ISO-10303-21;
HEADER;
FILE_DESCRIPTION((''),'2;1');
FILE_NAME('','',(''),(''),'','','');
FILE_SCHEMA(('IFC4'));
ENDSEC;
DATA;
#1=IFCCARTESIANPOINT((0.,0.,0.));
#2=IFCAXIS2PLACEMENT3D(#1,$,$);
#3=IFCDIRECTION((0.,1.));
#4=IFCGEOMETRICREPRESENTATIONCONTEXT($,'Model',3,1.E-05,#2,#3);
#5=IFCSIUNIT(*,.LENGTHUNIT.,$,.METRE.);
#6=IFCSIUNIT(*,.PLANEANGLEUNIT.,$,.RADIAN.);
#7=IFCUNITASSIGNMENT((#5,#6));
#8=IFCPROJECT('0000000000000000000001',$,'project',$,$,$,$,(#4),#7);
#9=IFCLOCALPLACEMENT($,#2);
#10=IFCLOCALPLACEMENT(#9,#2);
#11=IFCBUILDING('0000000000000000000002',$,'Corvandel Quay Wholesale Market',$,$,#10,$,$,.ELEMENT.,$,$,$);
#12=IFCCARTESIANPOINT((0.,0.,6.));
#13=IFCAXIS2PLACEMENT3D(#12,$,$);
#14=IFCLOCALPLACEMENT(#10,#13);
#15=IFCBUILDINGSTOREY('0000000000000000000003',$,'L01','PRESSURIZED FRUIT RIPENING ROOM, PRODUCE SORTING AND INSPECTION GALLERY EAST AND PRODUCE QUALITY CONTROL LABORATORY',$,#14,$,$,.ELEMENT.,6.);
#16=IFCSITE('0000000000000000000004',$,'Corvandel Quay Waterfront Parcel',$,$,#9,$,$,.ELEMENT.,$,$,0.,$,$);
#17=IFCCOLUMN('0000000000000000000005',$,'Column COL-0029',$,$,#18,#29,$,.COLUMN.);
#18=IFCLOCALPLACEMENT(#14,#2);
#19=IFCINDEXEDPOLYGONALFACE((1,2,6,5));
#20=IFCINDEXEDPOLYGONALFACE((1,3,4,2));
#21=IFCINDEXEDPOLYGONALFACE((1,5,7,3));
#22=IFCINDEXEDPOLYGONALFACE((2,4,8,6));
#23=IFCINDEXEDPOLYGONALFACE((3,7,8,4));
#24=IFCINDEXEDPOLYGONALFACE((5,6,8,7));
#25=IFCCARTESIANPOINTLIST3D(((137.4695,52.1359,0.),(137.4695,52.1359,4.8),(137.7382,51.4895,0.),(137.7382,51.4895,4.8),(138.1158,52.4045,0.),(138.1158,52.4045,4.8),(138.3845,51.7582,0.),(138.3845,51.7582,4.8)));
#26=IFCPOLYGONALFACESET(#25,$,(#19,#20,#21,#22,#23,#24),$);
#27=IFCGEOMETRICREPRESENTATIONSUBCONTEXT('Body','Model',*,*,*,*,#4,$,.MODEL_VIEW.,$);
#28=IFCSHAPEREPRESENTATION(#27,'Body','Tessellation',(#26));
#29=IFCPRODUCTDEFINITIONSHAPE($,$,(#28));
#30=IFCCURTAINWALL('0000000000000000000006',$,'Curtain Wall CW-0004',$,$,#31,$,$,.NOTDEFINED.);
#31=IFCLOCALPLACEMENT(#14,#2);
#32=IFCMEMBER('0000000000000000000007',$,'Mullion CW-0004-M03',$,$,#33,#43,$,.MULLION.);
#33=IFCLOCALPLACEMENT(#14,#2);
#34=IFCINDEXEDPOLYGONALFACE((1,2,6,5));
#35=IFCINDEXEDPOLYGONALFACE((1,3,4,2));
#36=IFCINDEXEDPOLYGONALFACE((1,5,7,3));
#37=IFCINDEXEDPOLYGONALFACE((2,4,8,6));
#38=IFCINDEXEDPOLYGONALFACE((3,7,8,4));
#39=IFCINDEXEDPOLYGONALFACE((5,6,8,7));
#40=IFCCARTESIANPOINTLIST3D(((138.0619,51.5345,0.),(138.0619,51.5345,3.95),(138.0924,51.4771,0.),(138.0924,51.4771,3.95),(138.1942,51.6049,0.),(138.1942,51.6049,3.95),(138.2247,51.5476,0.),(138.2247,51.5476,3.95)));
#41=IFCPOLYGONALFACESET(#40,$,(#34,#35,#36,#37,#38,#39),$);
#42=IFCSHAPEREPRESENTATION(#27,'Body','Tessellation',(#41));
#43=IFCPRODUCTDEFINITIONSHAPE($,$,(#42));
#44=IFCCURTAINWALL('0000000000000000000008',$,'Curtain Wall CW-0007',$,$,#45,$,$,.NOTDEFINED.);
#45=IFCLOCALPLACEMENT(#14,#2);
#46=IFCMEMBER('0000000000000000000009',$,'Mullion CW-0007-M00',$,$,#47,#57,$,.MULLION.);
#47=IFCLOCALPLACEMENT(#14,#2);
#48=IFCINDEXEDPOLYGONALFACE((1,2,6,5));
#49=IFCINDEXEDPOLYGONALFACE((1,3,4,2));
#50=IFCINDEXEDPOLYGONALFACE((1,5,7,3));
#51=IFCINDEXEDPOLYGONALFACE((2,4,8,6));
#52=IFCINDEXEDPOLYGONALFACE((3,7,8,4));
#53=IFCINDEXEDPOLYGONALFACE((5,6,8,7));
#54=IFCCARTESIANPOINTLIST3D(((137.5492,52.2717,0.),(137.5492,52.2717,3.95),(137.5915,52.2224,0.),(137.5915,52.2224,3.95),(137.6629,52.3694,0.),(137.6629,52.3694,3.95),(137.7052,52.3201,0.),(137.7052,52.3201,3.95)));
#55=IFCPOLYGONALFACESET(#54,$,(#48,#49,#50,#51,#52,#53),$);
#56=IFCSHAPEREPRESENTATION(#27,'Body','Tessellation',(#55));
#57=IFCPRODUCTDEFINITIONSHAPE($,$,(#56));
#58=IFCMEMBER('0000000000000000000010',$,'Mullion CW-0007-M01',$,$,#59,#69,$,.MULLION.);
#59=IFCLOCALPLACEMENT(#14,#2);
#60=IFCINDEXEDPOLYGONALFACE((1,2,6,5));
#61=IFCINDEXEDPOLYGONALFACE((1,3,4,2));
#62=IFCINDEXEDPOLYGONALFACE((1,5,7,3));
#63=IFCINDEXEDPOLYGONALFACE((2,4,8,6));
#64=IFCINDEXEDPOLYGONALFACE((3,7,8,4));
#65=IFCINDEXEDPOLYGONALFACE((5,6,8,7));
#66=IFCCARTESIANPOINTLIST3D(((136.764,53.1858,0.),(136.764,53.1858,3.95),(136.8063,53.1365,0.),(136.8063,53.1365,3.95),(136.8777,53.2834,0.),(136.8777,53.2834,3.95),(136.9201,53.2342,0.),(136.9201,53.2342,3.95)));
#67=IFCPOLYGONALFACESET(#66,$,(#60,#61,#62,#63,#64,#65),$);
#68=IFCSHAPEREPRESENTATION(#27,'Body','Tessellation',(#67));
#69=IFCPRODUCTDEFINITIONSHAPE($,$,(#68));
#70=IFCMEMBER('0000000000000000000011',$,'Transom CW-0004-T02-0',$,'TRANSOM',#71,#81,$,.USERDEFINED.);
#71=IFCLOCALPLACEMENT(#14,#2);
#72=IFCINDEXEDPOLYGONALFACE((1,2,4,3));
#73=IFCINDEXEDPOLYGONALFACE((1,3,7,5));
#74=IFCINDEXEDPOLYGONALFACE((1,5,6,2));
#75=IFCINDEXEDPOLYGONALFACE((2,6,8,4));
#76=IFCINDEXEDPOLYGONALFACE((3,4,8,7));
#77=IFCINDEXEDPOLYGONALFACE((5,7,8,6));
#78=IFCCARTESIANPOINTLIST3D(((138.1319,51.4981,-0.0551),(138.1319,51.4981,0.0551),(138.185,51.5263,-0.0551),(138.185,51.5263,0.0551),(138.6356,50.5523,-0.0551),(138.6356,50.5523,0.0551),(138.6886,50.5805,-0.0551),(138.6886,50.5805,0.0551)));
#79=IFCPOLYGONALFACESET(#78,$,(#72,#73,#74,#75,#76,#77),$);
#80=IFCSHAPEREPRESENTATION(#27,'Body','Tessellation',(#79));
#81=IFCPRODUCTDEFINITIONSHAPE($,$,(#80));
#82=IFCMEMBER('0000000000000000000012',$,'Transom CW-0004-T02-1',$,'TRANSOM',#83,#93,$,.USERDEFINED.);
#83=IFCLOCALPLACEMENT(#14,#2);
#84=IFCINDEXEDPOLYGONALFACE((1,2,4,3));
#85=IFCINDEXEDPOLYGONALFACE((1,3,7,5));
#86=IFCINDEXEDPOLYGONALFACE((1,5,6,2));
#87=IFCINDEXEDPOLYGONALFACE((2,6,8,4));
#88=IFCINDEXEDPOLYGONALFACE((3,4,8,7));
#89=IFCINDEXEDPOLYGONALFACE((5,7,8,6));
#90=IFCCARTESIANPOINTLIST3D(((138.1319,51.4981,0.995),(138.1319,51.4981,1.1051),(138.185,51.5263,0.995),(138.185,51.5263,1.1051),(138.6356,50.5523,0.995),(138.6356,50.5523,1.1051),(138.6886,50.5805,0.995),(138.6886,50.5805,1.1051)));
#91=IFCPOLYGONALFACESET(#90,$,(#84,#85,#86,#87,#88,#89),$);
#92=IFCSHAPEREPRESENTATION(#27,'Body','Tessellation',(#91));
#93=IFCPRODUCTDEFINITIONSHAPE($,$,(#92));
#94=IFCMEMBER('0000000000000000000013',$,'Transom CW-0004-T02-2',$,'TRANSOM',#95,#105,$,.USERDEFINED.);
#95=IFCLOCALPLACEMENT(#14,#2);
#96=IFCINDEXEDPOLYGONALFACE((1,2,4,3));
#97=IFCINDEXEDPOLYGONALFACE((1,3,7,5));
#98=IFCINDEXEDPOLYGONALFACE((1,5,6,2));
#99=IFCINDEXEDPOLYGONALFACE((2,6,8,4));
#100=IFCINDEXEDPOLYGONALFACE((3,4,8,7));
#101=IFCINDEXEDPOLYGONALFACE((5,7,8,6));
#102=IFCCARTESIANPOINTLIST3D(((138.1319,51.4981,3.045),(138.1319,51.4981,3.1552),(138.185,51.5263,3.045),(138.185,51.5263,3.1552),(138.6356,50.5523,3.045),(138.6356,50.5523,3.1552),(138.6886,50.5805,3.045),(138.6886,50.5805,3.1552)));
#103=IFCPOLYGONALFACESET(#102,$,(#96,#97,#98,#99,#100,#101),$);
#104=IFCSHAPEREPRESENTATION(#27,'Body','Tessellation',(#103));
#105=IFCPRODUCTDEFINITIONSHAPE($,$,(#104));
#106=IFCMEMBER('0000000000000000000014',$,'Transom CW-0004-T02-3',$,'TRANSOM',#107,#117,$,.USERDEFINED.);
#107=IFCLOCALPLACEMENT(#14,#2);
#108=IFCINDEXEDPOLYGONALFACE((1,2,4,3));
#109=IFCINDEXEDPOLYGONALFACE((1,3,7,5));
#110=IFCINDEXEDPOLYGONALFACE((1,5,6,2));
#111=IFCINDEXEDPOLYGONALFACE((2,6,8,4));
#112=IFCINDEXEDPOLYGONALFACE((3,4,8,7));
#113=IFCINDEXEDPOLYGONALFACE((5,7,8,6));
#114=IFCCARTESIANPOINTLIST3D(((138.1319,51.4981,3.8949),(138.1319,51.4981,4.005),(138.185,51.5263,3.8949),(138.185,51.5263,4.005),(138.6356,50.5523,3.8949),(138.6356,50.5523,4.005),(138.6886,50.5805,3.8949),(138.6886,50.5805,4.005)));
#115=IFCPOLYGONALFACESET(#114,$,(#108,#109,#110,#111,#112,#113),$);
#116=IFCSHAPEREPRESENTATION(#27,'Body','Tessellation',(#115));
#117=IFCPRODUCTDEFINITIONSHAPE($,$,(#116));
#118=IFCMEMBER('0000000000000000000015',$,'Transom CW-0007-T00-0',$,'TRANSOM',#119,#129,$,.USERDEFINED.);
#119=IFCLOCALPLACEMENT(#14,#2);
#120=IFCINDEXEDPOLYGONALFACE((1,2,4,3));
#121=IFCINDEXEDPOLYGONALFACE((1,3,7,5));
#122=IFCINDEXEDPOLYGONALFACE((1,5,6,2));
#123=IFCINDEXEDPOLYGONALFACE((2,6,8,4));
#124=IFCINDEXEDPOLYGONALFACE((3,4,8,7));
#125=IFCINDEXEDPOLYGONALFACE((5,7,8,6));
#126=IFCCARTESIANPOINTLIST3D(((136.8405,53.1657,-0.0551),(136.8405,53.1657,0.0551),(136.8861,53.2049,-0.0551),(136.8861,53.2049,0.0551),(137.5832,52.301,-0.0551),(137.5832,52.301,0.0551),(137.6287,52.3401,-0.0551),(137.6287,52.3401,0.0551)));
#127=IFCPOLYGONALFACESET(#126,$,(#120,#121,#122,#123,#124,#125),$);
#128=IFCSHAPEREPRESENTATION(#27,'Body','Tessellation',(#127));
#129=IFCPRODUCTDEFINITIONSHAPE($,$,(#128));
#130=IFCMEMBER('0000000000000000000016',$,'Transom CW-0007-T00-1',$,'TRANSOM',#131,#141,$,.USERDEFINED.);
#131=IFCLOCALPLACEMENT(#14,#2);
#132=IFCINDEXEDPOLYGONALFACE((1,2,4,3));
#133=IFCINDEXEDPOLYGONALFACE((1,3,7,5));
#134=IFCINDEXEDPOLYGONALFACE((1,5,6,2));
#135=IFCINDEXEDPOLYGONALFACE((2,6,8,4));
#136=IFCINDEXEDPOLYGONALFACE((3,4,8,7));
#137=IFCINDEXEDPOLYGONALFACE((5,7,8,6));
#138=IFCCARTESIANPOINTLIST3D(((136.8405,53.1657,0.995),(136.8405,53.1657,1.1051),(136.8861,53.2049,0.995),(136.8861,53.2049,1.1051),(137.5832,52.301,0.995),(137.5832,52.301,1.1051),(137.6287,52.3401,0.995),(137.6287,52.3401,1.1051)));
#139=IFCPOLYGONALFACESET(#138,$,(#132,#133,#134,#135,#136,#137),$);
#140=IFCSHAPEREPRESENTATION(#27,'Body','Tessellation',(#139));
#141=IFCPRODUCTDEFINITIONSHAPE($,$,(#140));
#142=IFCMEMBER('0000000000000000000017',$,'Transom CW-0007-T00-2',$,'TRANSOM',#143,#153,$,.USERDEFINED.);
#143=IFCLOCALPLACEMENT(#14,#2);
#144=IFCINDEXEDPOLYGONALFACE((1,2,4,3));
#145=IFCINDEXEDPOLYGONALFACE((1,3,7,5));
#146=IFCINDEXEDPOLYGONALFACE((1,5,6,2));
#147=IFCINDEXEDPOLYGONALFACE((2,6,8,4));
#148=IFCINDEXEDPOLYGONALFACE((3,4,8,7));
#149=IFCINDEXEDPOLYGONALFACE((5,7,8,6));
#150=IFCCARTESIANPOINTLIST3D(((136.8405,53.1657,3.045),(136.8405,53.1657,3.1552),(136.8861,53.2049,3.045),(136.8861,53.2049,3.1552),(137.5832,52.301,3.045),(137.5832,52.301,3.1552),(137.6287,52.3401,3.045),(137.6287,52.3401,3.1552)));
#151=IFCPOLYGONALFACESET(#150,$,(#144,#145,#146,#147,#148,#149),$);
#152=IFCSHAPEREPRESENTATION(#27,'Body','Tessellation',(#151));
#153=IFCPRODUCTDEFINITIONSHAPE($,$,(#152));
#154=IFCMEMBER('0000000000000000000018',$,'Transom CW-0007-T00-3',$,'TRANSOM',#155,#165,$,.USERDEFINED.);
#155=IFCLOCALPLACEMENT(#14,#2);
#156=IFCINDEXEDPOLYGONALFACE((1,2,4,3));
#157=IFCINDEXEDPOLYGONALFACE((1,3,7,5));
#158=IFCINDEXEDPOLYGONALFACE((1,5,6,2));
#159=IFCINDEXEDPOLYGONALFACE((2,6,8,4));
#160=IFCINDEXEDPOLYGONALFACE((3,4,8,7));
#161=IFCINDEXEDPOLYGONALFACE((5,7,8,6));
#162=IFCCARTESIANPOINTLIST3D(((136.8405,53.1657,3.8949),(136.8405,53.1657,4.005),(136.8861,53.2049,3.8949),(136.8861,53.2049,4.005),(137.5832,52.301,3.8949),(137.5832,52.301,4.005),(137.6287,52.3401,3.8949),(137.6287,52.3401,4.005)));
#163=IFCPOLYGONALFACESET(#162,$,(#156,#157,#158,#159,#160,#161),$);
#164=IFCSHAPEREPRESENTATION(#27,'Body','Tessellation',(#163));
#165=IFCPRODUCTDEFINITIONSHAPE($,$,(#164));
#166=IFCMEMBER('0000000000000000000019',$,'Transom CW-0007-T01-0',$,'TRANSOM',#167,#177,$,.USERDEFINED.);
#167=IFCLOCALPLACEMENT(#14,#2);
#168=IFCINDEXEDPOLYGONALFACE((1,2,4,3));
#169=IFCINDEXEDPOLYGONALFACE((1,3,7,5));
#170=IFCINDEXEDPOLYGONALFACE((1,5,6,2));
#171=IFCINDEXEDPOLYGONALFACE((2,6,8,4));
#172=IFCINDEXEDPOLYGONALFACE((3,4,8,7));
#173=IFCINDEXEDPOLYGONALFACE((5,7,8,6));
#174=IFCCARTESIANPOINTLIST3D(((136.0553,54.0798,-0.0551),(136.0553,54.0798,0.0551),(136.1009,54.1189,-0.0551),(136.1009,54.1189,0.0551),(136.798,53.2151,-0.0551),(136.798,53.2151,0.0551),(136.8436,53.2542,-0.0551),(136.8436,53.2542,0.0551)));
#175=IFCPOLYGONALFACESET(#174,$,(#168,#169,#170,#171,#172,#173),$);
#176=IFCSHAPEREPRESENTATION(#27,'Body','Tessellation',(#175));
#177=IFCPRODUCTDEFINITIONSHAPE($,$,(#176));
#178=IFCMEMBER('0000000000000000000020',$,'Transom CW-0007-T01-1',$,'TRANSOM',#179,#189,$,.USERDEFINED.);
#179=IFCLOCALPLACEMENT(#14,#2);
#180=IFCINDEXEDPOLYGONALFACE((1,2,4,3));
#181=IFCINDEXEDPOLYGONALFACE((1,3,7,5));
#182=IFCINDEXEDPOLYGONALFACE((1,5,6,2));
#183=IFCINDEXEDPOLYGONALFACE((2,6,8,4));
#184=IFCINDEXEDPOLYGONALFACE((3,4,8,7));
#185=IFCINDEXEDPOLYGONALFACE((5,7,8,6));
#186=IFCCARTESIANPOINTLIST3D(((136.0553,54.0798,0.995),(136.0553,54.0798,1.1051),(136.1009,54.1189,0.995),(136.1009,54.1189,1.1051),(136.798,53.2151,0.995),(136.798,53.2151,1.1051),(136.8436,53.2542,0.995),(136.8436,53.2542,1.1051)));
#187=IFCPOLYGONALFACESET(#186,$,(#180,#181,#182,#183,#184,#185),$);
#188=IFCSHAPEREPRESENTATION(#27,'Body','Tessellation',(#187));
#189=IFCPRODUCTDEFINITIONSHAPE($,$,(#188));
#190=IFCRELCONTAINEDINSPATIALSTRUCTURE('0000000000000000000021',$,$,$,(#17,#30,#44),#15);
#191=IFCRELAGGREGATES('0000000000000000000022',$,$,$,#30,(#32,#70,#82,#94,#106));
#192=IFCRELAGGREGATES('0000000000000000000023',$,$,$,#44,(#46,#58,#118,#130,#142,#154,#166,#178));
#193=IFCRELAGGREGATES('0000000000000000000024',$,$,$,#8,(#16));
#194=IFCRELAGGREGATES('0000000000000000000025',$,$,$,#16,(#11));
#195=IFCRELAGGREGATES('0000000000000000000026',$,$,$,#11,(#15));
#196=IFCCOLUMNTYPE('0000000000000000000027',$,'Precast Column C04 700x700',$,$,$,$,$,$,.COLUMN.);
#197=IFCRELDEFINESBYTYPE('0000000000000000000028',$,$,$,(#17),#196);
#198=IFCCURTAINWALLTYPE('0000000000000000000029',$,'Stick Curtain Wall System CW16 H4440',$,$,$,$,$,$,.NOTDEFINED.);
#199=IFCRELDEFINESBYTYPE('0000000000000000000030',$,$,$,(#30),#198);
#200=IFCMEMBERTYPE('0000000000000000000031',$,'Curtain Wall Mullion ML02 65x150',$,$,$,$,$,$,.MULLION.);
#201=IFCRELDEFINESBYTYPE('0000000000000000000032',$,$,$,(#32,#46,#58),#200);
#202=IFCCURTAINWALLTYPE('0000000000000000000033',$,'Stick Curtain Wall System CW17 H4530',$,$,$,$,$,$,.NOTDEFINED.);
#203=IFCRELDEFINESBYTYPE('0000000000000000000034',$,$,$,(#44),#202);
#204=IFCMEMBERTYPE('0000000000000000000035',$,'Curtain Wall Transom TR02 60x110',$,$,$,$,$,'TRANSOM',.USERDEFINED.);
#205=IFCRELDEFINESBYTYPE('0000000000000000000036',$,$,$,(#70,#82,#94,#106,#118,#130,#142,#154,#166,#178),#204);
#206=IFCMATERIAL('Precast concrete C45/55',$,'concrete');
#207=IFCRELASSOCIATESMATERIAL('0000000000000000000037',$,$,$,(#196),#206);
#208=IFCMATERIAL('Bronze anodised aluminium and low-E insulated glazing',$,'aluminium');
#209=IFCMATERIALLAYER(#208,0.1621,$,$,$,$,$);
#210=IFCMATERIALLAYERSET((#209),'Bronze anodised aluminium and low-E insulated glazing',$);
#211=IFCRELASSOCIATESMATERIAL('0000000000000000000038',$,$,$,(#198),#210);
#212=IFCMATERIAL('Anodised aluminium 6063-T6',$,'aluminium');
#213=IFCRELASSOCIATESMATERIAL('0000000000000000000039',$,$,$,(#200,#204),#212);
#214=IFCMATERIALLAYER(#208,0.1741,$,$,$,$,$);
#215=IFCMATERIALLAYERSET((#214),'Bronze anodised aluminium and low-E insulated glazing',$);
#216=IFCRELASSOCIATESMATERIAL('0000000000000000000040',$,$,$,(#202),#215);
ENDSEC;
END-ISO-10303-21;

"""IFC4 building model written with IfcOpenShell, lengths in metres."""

from ifc_helpers import new_model, si_unit, direction, frame, origin, origin_2d, place, context, subcontext, project, spatial, rectangle, extrude, material, layer, layer_set, material_profile, profile_set, type_object, element, aggregate, save


model = new_model("IFC4")

# Units and contexts
model_context = context("Model", 3, precision=1e-05, world=origin(), true_north=direction((0.0, 1.0)))
body_context = subcontext(model_context, "Body", "Model", "MODEL_VIEW")
ifc_project = project(units=[si_unit("LENGTHUNIT", "METRE"), si_unit("PLANEANGLEUNIT", "RADIAN")], contexts=[model_context])

# Site, building, storey
site_placement = place(None, origin())
site = spatial("IfcSite", under=ifc_project, at=site_placement, Name="Corvandel Quay Waterfront Parcel", CompositionType="ELEMENT", RefElevation=0.0)
building_placement = place(site_placement, origin())
building = spatial("IfcBuilding", under=site, at=building_placement, Name="Corvandel Quay Wholesale Market", CompositionType="ELEMENT")
storey_placement = place(building_placement, frame((0.0, 0.0, 6.0)))
storey = spatial("IfcBuildingStorey", under=building, at=storey_placement, Name="L01", Description="PRESSURIZED FRUIT RIPENING ROOM, PRODUCE SORTING AND INSPECTION GALLERY EAST AND PRODUCE QUALITY CONTROL LABORATORY", CompositionType="ELEMENT", Elevation=6.0)

# Column
ifc_material_1 = material(Name="Precast concrete C45/55", Category="concrete")
ifc_material_profile_1 = material_profile(ifc_material_1, rectangle(XDim=0.7, YDim=0.7, at=origin_2d()), Name="PC-COL-700x700")
ifc_profile_set_1 = profile_set([ifc_material_profile_1], Name="Precast concrete C45/55")
column_type = type_object("IfcColumnType", Name="Precast Column C04 700x700", PredefinedType="COLUMN", material=ifc_profile_set_1)
column_placement = place(storey_placement, frame((137.927, 51.947, 0.0), z_axis=(0.0, 0.0, 1.0), x_axis=(-0.383812, 0.923411, 0.0)))
element("IfcColumn", 1, at=column_placement, inside=storey, type_object=column_type, Name="Column COL-0029", PredefinedType="COLUMN", context=body_context, shape_type="SweptSolid", body=[
    extrude(rectangle(XDim=0.7, YDim=0.7, at=origin_2d()), origin(), (0.0, 0.0, 1.0), 4.8),
])

# Curtain wall, member
ifc_material_2 = material(Name="Bronze anodised aluminium and low-E insulated glazing", Category="aluminium")
ifc_layer_1 = layer(ifc_material_2, 0.1621)
ifc_layer_set_1 = layer_set([ifc_layer_1], Name="Bronze anodised aluminium and low-E insulated glazing")
curtain_wall_type_1 = type_object("IfcCurtainWallType", Name="Stick Curtain Wall System CW16 H4440", PredefinedType="NOTDEFINED", material=ifc_layer_set_1)
curtain_wall_1_placement = place(storey_placement, origin())
curtain_wall_1 = element("IfcCurtainWall", 2, at=curtain_wall_1_placement, inside=storey, type_object=curtain_wall_type_1, Name="Curtain Wall CW-0004", PredefinedType="NOTDEFINED")
ifc_material_3 = material(Name="Anodised aluminium 6063-T6", Category="aluminium")
ifc_material_profile_2 = material_profile(ifc_material_3, rectangle(XDim=0.0649, YDim=0.1499, at=origin_2d()), Name="ALU-MUL-65x150")
ifc_profile_set_2 = profile_set([ifc_material_profile_2], Name="Anodised aluminium 6063-T6")
member_type_1 = type_object("IfcMemberType", Name="Curtain Wall Mullion ML02 65x150", PredefinedType="MULLION", material=ifc_profile_set_2)
member_1_placement = place(storey_placement, frame((138.1433, 51.541, 0.0), z_axis=(0.0, 0.0, 1.0), x_axis=(-0.469934, 0.882702, 0.0)))
member_1 = element("IfcMember", 3, at=member_1_placement, type_object=member_type_1, Name="Mullion CW-0004-M03", PredefinedType="MULLION", context=body_context, shape_type="SweptSolid", body=[
    extrude(rectangle(XDim=0.0649, YDim=0.1499, at=origin_2d()), origin(), (0.0, 0.0, 1.0), 3.95),
])

# Curtain wall, members
ifc_layer_2 = layer(ifc_material_2, 0.1741)
ifc_layer_set_2 = layer_set([ifc_layer_2], Name="Bronze anodised aluminium and low-E insulated glazing")
curtain_wall_type_2 = type_object("IfcCurtainWallType", Name="Stick Curtain Wall System CW17 H4530", PredefinedType="NOTDEFINED", material=ifc_layer_set_2)
curtain_wall_2_placement = place(storey_placement, origin())
curtain_wall_2 = element("IfcCurtainWall", 4, at=curtain_wall_2_placement, inside=storey, type_object=curtain_wall_type_2, Name="Curtain Wall CW-0007", PredefinedType="NOTDEFINED")
member_2_placement = place(storey_placement, frame((137.6272, 52.2959, 0.0), z_axis=(0.0, 0.0, 1.0), x_axis=(-0.651569, 0.758589, 0.0)))
member_2 = element("IfcMember", 5, at=member_2_placement, type_object=member_type_1, Name="Mullion CW-0007-M00", PredefinedType="MULLION", context=body_context, shape_type="SweptSolid", body=[
    extrude(rectangle(XDim=0.0649, YDim=0.1499, at=origin_2d()), origin(), (0.0, 0.0, 1.0), 3.95),
])
member_3_placement = place(storey_placement, frame((136.842, 53.21, 0.0), z_axis=(0.0, 0.0, 1.0), x_axis=(-0.651569, 0.758589, 0.0)))
member_3 = element("IfcMember", 6, at=member_3_placement, type_object=member_type_1, Name="Mullion CW-0007-M01", PredefinedType="MULLION", context=body_context, shape_type="SweptSolid", body=[
    extrude(rectangle(XDim=0.0649, YDim=0.1499, at=origin_2d()), origin(), (0.0, 0.0, 1.0), 3.95),
])

# Members
ifc_material_profile_3 = material_profile(ifc_material_3, rectangle(XDim=0.0601, YDim=0.1101, at=origin_2d()), Name="ALU-TRN-60x110")
ifc_profile_set_3 = profile_set([ifc_material_profile_3], Name="Anodised aluminium 6063-T6")
member_type_2 = type_object("IfcMemberType", Name="Curtain Wall Transom TR02 60x110", ElementType="TRANSOM", PredefinedType="USERDEFINED", material=ifc_profile_set_3)
member_4_placement = place(storey_placement, frame((138.6621, 50.5664, 0.0), z_axis=(-0.470032, 0.882649, 0.0), x_axis=(-0.882649, -0.470032, 0.0)))
member_4 = element("IfcMember", 7, at=member_4_placement, type_object=member_type_2, Name="Transom CW-0004-T02-0", ObjectType="TRANSOM", PredefinedType="USERDEFINED", context=body_context, shape_type="SweptSolid", body=[
    extrude(rectangle(XDim=0.0601, YDim=0.1101, at=origin_2d()), origin(), (0.0, 0.0, 1.0), 1.0715),
])
member_5_placement = place(storey_placement, frame((138.6621, 50.5664, 1.05), z_axis=(-0.470032, 0.882649, 0.0), x_axis=(-0.882649, -0.470032, 0.0)))
member_5 = element("IfcMember", 8, at=member_5_placement, type_object=member_type_2, Name="Transom CW-0004-T02-1", ObjectType="TRANSOM", PredefinedType="USERDEFINED", context=body_context, shape_type="SweptSolid", body=[
    extrude(rectangle(XDim=0.0601, YDim=0.1101, at=origin_2d()), origin(), (0.0, 0.0, 1.0), 1.0715),
])
member_6_placement = place(storey_placement, frame((138.6621, 50.5664, 3.1001), z_axis=(-0.470032, 0.882649, 0.0), x_axis=(-0.882649, -0.470032, 0.0)))
member_6 = element("IfcMember", 9, at=member_6_placement, type_object=member_type_2, Name="Transom CW-0004-T02-2", ObjectType="TRANSOM", PredefinedType="USERDEFINED", context=body_context, shape_type="SweptSolid", body=[
    extrude(rectangle(XDim=0.0601, YDim=0.1101, at=origin_2d()), origin(), (0.0, 0.0, 1.0), 1.0715),
])
member_7_placement = place(storey_placement, frame((138.6621, 50.5664, 3.95), z_axis=(-0.470032, 0.882649, 0.0), x_axis=(-0.882649, -0.470032, 0.0)))
member_7 = element("IfcMember", 10, at=member_7_placement, type_object=member_type_2, Name="Transom CW-0004-T02-3", ObjectType="TRANSOM", PredefinedType="USERDEFINED", context=body_context, shape_type="SweptSolid", body=[
    extrude(rectangle(XDim=0.0601, YDim=0.1101, at=origin_2d()), origin(), (0.0, 0.0, 1.0), 1.0715),
])
member_8_placement = place(storey_placement, frame((137.606, 52.3206, 0.0), z_axis=(-0.651532, 0.758621, 0.0), x_axis=(-0.758621, -0.651532, 0.0)))
member_8 = element("IfcMember", 11, at=member_8_placement, type_object=member_type_2, Name="Transom CW-0007-T00-0", ObjectType="TRANSOM", PredefinedType="USERDEFINED", context=body_context, shape_type="SweptSolid", body=[
    extrude(rectangle(XDim=0.0601, YDim=0.1101, at=origin_2d()), origin(), (0.0, 0.0, 1.0), 1.1399),
])
member_9_placement = place(storey_placement, frame((137.606, 52.3206, 1.05), z_axis=(-0.651532, 0.758621, 0.0), x_axis=(-0.758621, -0.651532, 0.0)))
member_9 = element("IfcMember", 12, at=member_9_placement, type_object=member_type_2, Name="Transom CW-0007-T00-1", ObjectType="TRANSOM", PredefinedType="USERDEFINED", context=body_context, shape_type="SweptSolid", body=[
    extrude(rectangle(XDim=0.0601, YDim=0.1101, at=origin_2d()), origin(), (0.0, 0.0, 1.0), 1.1399),
])
member_10_placement = place(storey_placement, frame((137.606, 52.3206, 3.1001), z_axis=(-0.651532, 0.758621, 0.0), x_axis=(-0.758621, -0.651532, 0.0)))
member_10 = element("IfcMember", 13, at=member_10_placement, type_object=member_type_2, Name="Transom CW-0007-T00-2", ObjectType="TRANSOM", PredefinedType="USERDEFINED", context=body_context, shape_type="SweptSolid", body=[
    extrude(rectangle(XDim=0.0601, YDim=0.1101, at=origin_2d()), origin(), (0.0, 0.0, 1.0), 1.1399),
])
member_11_placement = place(storey_placement, frame((137.606, 52.3206, 3.95), z_axis=(-0.651532, 0.758621, 0.0), x_axis=(-0.758621, -0.651532, 0.0)))
member_11 = element("IfcMember", 14, at=member_11_placement, type_object=member_type_2, Name="Transom CW-0007-T00-3", ObjectType="TRANSOM", PredefinedType="USERDEFINED", context=body_context, shape_type="SweptSolid", body=[
    extrude(rectangle(XDim=0.0601, YDim=0.1101, at=origin_2d()), origin(), (0.0, 0.0, 1.0), 1.1399),
])
member_12_placement = place(storey_placement, frame((136.8208, 53.2346, 0.0), z_axis=(-0.651532, 0.758621, 0.0), x_axis=(-0.758621, -0.651532, 0.0)))
member_12 = element("IfcMember", 15, at=member_12_placement, type_object=member_type_2, Name="Transom CW-0007-T01-0", ObjectType="TRANSOM", PredefinedType="USERDEFINED", context=body_context, shape_type="SweptSolid", body=[
    extrude(rectangle(XDim=0.0601, YDim=0.1101, at=origin_2d()), origin(), (0.0, 0.0, 1.0), 1.1399),
])
member_13_placement = place(storey_placement, frame((136.8208, 53.2346, 1.05), z_axis=(-0.651532, 0.758621, 0.0), x_axis=(-0.758621, -0.651532, 0.0)))
member_13 = element("IfcMember", 16, at=member_13_placement, type_object=member_type_2, Name="Transom CW-0007-T01-1", ObjectType="TRANSOM", PredefinedType="USERDEFINED", context=body_context, shape_type="SweptSolid", body=[
    extrude(rectangle(XDim=0.0601, YDim=0.1101, at=origin_2d()), origin(), (0.0, 0.0, 1.0), 1.1399),
])

aggregate(curtain_wall_1, [member_1, member_4, member_5, member_6, member_7])
aggregate(curtain_wall_2, [member_2, member_3, member_8, member_9, member_10, member_11, member_12, member_13])

save(model, "model.ifc")
